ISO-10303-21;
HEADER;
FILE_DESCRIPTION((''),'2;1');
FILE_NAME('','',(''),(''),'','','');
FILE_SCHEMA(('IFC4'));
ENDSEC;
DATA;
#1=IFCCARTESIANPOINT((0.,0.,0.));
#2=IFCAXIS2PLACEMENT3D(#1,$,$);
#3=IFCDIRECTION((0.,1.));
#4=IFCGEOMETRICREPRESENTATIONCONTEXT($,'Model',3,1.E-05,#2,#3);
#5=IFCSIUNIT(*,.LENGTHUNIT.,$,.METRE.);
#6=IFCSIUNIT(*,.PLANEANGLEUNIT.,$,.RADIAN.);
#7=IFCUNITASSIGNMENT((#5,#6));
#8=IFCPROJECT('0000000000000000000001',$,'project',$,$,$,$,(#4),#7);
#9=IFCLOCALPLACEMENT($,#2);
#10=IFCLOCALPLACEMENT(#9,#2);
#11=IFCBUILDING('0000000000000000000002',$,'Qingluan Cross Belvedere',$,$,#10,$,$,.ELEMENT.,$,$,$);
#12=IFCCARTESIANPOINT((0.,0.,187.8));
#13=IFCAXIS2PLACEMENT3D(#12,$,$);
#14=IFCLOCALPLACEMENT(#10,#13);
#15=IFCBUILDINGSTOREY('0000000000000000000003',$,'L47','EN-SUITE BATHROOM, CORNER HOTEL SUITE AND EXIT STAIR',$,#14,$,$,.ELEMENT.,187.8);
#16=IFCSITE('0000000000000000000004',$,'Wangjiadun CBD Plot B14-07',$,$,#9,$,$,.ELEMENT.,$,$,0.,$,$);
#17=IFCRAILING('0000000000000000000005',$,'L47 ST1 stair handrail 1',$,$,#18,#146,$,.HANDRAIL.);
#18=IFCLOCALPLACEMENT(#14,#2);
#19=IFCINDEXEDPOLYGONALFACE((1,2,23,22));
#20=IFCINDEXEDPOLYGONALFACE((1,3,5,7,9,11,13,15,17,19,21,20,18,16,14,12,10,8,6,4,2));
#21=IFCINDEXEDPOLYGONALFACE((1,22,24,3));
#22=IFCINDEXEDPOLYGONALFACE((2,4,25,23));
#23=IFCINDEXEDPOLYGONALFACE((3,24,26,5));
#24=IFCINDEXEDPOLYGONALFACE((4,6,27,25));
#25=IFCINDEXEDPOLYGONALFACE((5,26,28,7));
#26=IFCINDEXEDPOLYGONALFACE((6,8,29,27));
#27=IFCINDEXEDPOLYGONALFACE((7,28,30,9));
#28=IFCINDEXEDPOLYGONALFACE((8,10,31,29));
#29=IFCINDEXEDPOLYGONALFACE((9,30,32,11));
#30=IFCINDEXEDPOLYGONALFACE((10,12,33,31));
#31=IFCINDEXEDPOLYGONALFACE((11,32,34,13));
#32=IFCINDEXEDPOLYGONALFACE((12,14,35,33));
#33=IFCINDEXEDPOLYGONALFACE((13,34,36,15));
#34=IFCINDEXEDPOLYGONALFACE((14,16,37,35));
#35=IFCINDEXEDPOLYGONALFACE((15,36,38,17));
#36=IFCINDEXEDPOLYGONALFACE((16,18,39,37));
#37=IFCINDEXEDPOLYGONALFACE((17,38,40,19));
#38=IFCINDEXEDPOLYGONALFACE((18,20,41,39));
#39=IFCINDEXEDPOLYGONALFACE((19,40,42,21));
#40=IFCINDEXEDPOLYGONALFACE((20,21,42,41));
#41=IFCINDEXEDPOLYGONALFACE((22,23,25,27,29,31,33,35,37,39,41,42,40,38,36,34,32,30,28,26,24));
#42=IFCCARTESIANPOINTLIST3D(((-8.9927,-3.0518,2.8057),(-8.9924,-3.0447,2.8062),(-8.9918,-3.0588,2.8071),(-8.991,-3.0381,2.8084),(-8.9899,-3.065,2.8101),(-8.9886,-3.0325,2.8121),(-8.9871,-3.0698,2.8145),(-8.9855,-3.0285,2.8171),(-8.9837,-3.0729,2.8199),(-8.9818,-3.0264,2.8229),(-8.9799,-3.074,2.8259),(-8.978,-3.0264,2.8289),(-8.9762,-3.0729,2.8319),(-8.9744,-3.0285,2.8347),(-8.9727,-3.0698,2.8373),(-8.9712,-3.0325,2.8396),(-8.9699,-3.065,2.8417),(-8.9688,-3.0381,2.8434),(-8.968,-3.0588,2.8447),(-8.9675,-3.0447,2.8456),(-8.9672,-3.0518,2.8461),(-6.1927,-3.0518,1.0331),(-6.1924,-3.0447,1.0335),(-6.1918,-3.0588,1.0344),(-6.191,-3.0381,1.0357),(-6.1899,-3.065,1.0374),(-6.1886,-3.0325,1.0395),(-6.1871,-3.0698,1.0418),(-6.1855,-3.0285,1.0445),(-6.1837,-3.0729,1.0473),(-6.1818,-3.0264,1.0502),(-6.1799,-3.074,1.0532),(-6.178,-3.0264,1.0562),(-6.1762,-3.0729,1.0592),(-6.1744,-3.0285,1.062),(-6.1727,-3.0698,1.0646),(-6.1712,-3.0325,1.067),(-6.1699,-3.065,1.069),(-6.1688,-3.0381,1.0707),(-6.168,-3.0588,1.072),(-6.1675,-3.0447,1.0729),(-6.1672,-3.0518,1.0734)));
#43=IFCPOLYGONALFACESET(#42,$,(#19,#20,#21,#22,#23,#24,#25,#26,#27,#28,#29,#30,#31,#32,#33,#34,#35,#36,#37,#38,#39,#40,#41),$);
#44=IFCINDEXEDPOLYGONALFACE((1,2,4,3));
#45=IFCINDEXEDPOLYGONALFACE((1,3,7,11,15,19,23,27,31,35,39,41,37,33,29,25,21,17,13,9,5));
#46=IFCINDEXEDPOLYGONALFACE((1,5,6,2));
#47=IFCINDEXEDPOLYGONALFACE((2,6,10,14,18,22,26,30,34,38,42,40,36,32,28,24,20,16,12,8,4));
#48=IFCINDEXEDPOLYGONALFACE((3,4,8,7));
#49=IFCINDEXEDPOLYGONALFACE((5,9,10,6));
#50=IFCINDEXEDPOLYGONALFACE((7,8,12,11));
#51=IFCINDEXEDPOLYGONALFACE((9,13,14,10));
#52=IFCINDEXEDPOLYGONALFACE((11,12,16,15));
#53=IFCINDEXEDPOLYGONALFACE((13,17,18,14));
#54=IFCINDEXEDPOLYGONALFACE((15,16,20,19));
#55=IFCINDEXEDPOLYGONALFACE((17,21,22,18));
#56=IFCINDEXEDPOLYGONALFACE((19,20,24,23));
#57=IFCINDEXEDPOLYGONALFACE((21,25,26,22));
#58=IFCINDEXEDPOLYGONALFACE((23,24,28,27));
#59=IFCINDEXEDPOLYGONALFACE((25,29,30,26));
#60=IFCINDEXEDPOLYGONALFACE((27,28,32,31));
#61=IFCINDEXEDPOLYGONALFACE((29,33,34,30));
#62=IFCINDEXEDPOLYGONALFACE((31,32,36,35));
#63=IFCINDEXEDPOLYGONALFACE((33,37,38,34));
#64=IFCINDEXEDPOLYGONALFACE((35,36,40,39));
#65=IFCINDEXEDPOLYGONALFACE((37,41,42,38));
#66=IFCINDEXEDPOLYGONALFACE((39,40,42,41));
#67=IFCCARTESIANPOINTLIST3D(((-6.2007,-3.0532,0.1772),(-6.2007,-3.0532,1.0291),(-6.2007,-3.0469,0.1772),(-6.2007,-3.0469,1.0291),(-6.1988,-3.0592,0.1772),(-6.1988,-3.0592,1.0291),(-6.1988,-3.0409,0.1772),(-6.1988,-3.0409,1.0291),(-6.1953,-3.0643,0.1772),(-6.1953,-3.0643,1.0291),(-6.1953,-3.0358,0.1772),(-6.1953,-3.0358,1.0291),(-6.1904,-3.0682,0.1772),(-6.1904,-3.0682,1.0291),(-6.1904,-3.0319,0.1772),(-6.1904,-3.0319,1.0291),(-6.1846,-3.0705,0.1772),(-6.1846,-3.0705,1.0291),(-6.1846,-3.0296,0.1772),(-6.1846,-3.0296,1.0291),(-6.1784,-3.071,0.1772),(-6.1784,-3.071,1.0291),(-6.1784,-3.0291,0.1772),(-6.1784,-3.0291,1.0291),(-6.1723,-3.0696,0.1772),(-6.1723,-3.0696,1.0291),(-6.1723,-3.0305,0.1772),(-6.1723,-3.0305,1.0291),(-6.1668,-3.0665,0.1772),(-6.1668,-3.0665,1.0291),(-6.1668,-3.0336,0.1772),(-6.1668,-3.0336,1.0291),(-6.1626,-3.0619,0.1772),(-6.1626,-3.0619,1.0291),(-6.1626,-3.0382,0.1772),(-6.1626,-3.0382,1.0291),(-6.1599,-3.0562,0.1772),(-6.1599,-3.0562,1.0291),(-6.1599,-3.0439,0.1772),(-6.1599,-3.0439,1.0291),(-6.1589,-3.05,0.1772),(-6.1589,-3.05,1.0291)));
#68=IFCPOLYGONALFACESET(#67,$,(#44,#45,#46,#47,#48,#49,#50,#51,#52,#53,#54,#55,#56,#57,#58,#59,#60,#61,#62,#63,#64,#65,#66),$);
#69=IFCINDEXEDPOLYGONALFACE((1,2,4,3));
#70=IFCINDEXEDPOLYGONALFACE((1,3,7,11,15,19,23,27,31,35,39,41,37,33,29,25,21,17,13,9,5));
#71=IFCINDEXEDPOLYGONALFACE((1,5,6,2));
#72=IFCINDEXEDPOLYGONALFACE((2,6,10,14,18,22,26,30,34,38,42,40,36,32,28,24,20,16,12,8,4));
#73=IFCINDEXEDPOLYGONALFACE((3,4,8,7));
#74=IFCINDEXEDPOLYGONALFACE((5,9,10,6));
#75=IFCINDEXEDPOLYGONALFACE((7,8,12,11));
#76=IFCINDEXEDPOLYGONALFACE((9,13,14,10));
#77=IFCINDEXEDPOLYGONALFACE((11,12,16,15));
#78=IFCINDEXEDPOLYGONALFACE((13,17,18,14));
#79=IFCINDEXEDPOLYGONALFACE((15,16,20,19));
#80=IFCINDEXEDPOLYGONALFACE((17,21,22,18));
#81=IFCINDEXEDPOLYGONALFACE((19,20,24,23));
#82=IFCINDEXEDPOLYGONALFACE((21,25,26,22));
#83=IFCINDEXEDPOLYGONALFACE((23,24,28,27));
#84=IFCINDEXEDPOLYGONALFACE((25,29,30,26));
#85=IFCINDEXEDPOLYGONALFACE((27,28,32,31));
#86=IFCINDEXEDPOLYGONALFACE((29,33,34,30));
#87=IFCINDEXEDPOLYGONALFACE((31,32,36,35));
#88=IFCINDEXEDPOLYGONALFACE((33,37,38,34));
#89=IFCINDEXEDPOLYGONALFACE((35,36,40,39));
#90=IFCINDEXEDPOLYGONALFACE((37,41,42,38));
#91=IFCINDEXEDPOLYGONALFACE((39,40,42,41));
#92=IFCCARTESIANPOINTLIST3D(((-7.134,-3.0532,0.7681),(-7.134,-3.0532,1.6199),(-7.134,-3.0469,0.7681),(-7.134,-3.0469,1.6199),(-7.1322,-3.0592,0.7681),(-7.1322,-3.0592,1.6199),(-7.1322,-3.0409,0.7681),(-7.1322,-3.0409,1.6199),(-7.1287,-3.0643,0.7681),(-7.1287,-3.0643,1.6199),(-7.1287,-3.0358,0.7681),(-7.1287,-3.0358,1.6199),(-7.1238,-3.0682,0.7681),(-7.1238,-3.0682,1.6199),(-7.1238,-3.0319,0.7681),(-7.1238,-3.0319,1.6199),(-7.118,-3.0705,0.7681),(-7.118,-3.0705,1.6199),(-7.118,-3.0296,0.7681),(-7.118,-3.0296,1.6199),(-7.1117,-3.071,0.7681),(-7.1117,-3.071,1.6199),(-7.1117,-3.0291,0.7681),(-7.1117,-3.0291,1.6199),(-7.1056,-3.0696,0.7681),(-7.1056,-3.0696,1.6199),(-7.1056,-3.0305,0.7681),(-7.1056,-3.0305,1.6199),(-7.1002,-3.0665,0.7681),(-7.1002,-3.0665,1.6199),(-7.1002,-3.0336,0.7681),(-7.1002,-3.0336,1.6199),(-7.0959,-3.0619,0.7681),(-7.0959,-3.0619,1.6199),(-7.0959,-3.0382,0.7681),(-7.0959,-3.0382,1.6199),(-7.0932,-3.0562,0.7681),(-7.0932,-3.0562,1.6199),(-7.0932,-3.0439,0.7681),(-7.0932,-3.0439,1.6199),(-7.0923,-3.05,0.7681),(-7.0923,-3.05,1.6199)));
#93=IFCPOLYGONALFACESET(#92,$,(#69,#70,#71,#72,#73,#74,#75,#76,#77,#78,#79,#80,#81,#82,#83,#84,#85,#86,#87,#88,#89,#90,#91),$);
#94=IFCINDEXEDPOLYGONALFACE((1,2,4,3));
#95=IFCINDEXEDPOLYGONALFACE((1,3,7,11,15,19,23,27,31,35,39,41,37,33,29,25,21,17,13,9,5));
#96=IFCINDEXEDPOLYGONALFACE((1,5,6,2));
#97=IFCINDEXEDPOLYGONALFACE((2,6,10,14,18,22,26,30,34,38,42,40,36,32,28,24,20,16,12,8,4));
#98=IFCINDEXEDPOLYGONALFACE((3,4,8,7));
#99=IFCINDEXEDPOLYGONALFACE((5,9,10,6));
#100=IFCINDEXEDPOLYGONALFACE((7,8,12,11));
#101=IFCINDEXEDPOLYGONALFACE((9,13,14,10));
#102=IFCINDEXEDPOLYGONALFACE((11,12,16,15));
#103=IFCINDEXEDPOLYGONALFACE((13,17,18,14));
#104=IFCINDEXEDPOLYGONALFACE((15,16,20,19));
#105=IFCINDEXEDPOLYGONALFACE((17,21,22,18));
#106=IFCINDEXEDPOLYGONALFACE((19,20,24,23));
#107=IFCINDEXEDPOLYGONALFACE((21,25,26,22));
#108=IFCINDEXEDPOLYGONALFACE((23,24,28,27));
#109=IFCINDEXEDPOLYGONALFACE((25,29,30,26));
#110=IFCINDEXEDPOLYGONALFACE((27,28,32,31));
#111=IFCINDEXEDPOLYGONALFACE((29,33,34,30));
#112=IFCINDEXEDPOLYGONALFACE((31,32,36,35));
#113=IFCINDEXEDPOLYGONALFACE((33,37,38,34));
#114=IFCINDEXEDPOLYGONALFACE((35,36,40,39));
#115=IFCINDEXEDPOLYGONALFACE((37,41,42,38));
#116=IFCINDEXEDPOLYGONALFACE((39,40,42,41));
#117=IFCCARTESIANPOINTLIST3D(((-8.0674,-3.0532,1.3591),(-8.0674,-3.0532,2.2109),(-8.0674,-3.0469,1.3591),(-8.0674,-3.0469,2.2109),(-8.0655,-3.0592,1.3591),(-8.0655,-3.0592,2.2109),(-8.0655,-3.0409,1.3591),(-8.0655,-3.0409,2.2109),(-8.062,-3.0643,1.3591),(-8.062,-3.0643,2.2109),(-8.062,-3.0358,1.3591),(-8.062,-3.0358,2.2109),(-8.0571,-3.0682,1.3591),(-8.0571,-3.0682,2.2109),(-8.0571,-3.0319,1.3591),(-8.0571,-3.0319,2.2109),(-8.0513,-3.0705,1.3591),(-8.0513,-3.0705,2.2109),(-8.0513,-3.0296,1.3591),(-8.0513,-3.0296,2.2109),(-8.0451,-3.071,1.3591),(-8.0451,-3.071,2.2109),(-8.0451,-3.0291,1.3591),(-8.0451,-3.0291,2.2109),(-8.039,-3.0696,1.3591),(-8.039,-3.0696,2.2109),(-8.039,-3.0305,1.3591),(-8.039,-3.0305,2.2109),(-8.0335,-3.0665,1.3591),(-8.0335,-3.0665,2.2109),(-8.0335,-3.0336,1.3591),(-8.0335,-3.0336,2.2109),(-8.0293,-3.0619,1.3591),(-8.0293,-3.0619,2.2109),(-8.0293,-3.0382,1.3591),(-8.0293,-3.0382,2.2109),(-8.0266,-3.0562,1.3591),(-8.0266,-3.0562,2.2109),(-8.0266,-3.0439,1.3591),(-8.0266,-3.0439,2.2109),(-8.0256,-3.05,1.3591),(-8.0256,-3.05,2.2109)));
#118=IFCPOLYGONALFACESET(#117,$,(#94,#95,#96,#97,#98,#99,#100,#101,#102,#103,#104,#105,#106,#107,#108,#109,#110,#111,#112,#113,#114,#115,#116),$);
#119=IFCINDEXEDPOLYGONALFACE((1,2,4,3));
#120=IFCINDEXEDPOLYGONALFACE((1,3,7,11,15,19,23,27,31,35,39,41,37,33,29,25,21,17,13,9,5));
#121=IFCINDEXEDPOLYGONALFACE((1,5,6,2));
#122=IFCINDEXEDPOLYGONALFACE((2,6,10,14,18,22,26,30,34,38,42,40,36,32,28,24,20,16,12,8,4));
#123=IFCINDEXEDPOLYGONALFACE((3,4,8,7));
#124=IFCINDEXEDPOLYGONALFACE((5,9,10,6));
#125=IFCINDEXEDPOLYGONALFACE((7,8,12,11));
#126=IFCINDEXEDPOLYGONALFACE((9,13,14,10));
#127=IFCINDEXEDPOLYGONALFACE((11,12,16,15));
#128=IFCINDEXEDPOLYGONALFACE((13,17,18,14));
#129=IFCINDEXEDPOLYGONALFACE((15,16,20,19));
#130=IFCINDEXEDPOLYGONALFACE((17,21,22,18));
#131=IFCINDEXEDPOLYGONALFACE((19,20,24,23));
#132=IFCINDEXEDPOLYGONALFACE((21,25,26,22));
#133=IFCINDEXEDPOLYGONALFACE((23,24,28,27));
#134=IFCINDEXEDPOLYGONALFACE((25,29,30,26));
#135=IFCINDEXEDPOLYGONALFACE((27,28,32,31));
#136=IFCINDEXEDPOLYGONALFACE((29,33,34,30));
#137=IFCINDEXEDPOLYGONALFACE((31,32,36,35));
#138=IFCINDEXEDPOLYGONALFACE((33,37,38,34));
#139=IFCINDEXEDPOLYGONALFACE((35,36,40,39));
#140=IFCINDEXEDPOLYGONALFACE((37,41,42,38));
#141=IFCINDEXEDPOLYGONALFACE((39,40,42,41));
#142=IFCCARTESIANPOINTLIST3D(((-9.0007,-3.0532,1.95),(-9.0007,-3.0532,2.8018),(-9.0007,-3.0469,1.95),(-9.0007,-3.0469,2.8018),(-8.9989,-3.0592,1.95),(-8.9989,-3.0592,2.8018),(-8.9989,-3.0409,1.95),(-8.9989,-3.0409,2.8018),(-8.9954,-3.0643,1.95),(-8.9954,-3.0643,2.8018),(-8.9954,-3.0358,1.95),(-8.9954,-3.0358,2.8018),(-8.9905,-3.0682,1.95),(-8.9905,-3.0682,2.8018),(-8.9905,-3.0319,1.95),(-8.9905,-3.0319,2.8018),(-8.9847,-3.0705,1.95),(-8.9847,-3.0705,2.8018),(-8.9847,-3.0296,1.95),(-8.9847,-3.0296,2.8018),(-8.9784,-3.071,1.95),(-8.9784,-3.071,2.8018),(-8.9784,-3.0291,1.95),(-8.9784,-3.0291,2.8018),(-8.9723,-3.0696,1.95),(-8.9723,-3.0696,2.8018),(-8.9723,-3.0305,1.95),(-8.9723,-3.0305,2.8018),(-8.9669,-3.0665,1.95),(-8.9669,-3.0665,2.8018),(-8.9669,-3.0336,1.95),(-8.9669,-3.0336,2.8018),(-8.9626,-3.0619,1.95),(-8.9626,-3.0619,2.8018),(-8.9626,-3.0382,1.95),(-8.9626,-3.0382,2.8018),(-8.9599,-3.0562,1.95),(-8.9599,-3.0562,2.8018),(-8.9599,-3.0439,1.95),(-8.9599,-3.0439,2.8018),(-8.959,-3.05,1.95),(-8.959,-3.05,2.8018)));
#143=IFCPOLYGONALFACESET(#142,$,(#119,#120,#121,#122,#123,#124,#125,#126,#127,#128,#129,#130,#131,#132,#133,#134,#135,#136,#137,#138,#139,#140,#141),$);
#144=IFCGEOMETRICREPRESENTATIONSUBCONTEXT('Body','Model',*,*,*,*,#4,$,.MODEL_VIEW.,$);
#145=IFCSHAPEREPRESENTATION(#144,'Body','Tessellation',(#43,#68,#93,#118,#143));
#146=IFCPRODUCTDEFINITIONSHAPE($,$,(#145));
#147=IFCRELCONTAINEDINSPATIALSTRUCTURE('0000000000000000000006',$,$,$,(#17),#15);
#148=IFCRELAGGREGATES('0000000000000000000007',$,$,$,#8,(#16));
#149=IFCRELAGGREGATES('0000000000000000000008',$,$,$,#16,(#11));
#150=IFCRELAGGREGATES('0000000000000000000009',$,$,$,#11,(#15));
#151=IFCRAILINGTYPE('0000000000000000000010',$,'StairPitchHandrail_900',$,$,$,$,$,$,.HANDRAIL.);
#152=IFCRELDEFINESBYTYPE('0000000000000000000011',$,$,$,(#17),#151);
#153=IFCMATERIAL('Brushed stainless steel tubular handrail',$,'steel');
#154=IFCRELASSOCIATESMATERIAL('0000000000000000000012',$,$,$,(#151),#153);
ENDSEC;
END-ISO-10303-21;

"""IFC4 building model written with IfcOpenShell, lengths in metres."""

from ifc_helpers import new_model, si_unit, direction, frame, origin, origin_2d, place, context, subcontext, project, spatial, circle, extrude, material, type_object, element, save


model = new_model("IFC4")

# Units and contexts
model_context = context("Model", 3, precision=1e-05, world=origin(), true_north=direction((0.0, 1.0)))
body_context = subcontext(model_context, "Body", "Model", "MODEL_VIEW")
ifc_project = project(units=[si_unit("LENGTHUNIT", "METRE"), si_unit("PLANEANGLEUNIT", "RADIAN")], contexts=[model_context])

# Site, building, storey
site_placement = place(None, origin())
site = spatial("IfcSite", under=ifc_project, at=site_placement, Name="Wangjiadun CBD Plot B14-07", CompositionType="ELEMENT", RefElevation=0.0)
building_placement = place(site_placement, origin())
building = spatial("IfcBuilding", under=site, at=building_placement, Name="Qingluan Cross Belvedere", CompositionType="ELEMENT")
storey_placement = place(building_placement, frame((0.0, 0.0, 187.8)))
storey = spatial("IfcBuildingStorey", under=building, at=storey_placement, Name="L47", Description="EN-SUITE BATHROOM, CORNER HOTEL SUITE AND EXIT STAIR", CompositionType="ELEMENT", Elevation=187.8)

# Railing
ifc_material_1 = material(Name="Brushed stainless steel tubular handrail", Category="steel")
railing_type_1 = type_object("IfcRailingType", Name="StairPitchHandrail_900", PredefinedType="HANDRAIL", material=ifc_material_1)
railing_1_placement = place(storey_placement, frame((-6.1799, -3.05, 0.1772)))
element("IfcRailing", 1, at=railing_1_placement, inside=storey, type_object=railing_type_1, Name="L47 ST1 stair handrail 1", PredefinedType="HANDRAIL", context=body_context, shape_type="SweptSolid", body=[
    extrude(circle(Radius=0.0239, at=origin_2d()), frame((0.0, 0.0, 0.876), z_axis=(-0.844909, 0.0, 0.53491), x_axis=(0.0, -1.0, 0.0)), (0.0, 0.0, 1.0), 3.314),
    extrude(circle(Radius=0.021, at=origin_2d()), origin(), (0.0, 0.0, 1.0), 0.8518),
    extrude(circle(Radius=0.021, at=origin_2d()), frame((-0.9333, 0.0, 0.5908)), (0.0, 0.0, 1.0), 0.8518),
    extrude(circle(Radius=0.021, at=origin_2d()), frame((-1.8667, 0.0, 1.1819)), (0.0, 0.0, 1.0), 0.8518),
    extrude(circle(Radius=0.021, at=origin_2d()), frame((-2.8, 0.0, 1.7727)), (0.0, 0.0, 1.0), 0.8518),
])

save(model, "model.ifc")
